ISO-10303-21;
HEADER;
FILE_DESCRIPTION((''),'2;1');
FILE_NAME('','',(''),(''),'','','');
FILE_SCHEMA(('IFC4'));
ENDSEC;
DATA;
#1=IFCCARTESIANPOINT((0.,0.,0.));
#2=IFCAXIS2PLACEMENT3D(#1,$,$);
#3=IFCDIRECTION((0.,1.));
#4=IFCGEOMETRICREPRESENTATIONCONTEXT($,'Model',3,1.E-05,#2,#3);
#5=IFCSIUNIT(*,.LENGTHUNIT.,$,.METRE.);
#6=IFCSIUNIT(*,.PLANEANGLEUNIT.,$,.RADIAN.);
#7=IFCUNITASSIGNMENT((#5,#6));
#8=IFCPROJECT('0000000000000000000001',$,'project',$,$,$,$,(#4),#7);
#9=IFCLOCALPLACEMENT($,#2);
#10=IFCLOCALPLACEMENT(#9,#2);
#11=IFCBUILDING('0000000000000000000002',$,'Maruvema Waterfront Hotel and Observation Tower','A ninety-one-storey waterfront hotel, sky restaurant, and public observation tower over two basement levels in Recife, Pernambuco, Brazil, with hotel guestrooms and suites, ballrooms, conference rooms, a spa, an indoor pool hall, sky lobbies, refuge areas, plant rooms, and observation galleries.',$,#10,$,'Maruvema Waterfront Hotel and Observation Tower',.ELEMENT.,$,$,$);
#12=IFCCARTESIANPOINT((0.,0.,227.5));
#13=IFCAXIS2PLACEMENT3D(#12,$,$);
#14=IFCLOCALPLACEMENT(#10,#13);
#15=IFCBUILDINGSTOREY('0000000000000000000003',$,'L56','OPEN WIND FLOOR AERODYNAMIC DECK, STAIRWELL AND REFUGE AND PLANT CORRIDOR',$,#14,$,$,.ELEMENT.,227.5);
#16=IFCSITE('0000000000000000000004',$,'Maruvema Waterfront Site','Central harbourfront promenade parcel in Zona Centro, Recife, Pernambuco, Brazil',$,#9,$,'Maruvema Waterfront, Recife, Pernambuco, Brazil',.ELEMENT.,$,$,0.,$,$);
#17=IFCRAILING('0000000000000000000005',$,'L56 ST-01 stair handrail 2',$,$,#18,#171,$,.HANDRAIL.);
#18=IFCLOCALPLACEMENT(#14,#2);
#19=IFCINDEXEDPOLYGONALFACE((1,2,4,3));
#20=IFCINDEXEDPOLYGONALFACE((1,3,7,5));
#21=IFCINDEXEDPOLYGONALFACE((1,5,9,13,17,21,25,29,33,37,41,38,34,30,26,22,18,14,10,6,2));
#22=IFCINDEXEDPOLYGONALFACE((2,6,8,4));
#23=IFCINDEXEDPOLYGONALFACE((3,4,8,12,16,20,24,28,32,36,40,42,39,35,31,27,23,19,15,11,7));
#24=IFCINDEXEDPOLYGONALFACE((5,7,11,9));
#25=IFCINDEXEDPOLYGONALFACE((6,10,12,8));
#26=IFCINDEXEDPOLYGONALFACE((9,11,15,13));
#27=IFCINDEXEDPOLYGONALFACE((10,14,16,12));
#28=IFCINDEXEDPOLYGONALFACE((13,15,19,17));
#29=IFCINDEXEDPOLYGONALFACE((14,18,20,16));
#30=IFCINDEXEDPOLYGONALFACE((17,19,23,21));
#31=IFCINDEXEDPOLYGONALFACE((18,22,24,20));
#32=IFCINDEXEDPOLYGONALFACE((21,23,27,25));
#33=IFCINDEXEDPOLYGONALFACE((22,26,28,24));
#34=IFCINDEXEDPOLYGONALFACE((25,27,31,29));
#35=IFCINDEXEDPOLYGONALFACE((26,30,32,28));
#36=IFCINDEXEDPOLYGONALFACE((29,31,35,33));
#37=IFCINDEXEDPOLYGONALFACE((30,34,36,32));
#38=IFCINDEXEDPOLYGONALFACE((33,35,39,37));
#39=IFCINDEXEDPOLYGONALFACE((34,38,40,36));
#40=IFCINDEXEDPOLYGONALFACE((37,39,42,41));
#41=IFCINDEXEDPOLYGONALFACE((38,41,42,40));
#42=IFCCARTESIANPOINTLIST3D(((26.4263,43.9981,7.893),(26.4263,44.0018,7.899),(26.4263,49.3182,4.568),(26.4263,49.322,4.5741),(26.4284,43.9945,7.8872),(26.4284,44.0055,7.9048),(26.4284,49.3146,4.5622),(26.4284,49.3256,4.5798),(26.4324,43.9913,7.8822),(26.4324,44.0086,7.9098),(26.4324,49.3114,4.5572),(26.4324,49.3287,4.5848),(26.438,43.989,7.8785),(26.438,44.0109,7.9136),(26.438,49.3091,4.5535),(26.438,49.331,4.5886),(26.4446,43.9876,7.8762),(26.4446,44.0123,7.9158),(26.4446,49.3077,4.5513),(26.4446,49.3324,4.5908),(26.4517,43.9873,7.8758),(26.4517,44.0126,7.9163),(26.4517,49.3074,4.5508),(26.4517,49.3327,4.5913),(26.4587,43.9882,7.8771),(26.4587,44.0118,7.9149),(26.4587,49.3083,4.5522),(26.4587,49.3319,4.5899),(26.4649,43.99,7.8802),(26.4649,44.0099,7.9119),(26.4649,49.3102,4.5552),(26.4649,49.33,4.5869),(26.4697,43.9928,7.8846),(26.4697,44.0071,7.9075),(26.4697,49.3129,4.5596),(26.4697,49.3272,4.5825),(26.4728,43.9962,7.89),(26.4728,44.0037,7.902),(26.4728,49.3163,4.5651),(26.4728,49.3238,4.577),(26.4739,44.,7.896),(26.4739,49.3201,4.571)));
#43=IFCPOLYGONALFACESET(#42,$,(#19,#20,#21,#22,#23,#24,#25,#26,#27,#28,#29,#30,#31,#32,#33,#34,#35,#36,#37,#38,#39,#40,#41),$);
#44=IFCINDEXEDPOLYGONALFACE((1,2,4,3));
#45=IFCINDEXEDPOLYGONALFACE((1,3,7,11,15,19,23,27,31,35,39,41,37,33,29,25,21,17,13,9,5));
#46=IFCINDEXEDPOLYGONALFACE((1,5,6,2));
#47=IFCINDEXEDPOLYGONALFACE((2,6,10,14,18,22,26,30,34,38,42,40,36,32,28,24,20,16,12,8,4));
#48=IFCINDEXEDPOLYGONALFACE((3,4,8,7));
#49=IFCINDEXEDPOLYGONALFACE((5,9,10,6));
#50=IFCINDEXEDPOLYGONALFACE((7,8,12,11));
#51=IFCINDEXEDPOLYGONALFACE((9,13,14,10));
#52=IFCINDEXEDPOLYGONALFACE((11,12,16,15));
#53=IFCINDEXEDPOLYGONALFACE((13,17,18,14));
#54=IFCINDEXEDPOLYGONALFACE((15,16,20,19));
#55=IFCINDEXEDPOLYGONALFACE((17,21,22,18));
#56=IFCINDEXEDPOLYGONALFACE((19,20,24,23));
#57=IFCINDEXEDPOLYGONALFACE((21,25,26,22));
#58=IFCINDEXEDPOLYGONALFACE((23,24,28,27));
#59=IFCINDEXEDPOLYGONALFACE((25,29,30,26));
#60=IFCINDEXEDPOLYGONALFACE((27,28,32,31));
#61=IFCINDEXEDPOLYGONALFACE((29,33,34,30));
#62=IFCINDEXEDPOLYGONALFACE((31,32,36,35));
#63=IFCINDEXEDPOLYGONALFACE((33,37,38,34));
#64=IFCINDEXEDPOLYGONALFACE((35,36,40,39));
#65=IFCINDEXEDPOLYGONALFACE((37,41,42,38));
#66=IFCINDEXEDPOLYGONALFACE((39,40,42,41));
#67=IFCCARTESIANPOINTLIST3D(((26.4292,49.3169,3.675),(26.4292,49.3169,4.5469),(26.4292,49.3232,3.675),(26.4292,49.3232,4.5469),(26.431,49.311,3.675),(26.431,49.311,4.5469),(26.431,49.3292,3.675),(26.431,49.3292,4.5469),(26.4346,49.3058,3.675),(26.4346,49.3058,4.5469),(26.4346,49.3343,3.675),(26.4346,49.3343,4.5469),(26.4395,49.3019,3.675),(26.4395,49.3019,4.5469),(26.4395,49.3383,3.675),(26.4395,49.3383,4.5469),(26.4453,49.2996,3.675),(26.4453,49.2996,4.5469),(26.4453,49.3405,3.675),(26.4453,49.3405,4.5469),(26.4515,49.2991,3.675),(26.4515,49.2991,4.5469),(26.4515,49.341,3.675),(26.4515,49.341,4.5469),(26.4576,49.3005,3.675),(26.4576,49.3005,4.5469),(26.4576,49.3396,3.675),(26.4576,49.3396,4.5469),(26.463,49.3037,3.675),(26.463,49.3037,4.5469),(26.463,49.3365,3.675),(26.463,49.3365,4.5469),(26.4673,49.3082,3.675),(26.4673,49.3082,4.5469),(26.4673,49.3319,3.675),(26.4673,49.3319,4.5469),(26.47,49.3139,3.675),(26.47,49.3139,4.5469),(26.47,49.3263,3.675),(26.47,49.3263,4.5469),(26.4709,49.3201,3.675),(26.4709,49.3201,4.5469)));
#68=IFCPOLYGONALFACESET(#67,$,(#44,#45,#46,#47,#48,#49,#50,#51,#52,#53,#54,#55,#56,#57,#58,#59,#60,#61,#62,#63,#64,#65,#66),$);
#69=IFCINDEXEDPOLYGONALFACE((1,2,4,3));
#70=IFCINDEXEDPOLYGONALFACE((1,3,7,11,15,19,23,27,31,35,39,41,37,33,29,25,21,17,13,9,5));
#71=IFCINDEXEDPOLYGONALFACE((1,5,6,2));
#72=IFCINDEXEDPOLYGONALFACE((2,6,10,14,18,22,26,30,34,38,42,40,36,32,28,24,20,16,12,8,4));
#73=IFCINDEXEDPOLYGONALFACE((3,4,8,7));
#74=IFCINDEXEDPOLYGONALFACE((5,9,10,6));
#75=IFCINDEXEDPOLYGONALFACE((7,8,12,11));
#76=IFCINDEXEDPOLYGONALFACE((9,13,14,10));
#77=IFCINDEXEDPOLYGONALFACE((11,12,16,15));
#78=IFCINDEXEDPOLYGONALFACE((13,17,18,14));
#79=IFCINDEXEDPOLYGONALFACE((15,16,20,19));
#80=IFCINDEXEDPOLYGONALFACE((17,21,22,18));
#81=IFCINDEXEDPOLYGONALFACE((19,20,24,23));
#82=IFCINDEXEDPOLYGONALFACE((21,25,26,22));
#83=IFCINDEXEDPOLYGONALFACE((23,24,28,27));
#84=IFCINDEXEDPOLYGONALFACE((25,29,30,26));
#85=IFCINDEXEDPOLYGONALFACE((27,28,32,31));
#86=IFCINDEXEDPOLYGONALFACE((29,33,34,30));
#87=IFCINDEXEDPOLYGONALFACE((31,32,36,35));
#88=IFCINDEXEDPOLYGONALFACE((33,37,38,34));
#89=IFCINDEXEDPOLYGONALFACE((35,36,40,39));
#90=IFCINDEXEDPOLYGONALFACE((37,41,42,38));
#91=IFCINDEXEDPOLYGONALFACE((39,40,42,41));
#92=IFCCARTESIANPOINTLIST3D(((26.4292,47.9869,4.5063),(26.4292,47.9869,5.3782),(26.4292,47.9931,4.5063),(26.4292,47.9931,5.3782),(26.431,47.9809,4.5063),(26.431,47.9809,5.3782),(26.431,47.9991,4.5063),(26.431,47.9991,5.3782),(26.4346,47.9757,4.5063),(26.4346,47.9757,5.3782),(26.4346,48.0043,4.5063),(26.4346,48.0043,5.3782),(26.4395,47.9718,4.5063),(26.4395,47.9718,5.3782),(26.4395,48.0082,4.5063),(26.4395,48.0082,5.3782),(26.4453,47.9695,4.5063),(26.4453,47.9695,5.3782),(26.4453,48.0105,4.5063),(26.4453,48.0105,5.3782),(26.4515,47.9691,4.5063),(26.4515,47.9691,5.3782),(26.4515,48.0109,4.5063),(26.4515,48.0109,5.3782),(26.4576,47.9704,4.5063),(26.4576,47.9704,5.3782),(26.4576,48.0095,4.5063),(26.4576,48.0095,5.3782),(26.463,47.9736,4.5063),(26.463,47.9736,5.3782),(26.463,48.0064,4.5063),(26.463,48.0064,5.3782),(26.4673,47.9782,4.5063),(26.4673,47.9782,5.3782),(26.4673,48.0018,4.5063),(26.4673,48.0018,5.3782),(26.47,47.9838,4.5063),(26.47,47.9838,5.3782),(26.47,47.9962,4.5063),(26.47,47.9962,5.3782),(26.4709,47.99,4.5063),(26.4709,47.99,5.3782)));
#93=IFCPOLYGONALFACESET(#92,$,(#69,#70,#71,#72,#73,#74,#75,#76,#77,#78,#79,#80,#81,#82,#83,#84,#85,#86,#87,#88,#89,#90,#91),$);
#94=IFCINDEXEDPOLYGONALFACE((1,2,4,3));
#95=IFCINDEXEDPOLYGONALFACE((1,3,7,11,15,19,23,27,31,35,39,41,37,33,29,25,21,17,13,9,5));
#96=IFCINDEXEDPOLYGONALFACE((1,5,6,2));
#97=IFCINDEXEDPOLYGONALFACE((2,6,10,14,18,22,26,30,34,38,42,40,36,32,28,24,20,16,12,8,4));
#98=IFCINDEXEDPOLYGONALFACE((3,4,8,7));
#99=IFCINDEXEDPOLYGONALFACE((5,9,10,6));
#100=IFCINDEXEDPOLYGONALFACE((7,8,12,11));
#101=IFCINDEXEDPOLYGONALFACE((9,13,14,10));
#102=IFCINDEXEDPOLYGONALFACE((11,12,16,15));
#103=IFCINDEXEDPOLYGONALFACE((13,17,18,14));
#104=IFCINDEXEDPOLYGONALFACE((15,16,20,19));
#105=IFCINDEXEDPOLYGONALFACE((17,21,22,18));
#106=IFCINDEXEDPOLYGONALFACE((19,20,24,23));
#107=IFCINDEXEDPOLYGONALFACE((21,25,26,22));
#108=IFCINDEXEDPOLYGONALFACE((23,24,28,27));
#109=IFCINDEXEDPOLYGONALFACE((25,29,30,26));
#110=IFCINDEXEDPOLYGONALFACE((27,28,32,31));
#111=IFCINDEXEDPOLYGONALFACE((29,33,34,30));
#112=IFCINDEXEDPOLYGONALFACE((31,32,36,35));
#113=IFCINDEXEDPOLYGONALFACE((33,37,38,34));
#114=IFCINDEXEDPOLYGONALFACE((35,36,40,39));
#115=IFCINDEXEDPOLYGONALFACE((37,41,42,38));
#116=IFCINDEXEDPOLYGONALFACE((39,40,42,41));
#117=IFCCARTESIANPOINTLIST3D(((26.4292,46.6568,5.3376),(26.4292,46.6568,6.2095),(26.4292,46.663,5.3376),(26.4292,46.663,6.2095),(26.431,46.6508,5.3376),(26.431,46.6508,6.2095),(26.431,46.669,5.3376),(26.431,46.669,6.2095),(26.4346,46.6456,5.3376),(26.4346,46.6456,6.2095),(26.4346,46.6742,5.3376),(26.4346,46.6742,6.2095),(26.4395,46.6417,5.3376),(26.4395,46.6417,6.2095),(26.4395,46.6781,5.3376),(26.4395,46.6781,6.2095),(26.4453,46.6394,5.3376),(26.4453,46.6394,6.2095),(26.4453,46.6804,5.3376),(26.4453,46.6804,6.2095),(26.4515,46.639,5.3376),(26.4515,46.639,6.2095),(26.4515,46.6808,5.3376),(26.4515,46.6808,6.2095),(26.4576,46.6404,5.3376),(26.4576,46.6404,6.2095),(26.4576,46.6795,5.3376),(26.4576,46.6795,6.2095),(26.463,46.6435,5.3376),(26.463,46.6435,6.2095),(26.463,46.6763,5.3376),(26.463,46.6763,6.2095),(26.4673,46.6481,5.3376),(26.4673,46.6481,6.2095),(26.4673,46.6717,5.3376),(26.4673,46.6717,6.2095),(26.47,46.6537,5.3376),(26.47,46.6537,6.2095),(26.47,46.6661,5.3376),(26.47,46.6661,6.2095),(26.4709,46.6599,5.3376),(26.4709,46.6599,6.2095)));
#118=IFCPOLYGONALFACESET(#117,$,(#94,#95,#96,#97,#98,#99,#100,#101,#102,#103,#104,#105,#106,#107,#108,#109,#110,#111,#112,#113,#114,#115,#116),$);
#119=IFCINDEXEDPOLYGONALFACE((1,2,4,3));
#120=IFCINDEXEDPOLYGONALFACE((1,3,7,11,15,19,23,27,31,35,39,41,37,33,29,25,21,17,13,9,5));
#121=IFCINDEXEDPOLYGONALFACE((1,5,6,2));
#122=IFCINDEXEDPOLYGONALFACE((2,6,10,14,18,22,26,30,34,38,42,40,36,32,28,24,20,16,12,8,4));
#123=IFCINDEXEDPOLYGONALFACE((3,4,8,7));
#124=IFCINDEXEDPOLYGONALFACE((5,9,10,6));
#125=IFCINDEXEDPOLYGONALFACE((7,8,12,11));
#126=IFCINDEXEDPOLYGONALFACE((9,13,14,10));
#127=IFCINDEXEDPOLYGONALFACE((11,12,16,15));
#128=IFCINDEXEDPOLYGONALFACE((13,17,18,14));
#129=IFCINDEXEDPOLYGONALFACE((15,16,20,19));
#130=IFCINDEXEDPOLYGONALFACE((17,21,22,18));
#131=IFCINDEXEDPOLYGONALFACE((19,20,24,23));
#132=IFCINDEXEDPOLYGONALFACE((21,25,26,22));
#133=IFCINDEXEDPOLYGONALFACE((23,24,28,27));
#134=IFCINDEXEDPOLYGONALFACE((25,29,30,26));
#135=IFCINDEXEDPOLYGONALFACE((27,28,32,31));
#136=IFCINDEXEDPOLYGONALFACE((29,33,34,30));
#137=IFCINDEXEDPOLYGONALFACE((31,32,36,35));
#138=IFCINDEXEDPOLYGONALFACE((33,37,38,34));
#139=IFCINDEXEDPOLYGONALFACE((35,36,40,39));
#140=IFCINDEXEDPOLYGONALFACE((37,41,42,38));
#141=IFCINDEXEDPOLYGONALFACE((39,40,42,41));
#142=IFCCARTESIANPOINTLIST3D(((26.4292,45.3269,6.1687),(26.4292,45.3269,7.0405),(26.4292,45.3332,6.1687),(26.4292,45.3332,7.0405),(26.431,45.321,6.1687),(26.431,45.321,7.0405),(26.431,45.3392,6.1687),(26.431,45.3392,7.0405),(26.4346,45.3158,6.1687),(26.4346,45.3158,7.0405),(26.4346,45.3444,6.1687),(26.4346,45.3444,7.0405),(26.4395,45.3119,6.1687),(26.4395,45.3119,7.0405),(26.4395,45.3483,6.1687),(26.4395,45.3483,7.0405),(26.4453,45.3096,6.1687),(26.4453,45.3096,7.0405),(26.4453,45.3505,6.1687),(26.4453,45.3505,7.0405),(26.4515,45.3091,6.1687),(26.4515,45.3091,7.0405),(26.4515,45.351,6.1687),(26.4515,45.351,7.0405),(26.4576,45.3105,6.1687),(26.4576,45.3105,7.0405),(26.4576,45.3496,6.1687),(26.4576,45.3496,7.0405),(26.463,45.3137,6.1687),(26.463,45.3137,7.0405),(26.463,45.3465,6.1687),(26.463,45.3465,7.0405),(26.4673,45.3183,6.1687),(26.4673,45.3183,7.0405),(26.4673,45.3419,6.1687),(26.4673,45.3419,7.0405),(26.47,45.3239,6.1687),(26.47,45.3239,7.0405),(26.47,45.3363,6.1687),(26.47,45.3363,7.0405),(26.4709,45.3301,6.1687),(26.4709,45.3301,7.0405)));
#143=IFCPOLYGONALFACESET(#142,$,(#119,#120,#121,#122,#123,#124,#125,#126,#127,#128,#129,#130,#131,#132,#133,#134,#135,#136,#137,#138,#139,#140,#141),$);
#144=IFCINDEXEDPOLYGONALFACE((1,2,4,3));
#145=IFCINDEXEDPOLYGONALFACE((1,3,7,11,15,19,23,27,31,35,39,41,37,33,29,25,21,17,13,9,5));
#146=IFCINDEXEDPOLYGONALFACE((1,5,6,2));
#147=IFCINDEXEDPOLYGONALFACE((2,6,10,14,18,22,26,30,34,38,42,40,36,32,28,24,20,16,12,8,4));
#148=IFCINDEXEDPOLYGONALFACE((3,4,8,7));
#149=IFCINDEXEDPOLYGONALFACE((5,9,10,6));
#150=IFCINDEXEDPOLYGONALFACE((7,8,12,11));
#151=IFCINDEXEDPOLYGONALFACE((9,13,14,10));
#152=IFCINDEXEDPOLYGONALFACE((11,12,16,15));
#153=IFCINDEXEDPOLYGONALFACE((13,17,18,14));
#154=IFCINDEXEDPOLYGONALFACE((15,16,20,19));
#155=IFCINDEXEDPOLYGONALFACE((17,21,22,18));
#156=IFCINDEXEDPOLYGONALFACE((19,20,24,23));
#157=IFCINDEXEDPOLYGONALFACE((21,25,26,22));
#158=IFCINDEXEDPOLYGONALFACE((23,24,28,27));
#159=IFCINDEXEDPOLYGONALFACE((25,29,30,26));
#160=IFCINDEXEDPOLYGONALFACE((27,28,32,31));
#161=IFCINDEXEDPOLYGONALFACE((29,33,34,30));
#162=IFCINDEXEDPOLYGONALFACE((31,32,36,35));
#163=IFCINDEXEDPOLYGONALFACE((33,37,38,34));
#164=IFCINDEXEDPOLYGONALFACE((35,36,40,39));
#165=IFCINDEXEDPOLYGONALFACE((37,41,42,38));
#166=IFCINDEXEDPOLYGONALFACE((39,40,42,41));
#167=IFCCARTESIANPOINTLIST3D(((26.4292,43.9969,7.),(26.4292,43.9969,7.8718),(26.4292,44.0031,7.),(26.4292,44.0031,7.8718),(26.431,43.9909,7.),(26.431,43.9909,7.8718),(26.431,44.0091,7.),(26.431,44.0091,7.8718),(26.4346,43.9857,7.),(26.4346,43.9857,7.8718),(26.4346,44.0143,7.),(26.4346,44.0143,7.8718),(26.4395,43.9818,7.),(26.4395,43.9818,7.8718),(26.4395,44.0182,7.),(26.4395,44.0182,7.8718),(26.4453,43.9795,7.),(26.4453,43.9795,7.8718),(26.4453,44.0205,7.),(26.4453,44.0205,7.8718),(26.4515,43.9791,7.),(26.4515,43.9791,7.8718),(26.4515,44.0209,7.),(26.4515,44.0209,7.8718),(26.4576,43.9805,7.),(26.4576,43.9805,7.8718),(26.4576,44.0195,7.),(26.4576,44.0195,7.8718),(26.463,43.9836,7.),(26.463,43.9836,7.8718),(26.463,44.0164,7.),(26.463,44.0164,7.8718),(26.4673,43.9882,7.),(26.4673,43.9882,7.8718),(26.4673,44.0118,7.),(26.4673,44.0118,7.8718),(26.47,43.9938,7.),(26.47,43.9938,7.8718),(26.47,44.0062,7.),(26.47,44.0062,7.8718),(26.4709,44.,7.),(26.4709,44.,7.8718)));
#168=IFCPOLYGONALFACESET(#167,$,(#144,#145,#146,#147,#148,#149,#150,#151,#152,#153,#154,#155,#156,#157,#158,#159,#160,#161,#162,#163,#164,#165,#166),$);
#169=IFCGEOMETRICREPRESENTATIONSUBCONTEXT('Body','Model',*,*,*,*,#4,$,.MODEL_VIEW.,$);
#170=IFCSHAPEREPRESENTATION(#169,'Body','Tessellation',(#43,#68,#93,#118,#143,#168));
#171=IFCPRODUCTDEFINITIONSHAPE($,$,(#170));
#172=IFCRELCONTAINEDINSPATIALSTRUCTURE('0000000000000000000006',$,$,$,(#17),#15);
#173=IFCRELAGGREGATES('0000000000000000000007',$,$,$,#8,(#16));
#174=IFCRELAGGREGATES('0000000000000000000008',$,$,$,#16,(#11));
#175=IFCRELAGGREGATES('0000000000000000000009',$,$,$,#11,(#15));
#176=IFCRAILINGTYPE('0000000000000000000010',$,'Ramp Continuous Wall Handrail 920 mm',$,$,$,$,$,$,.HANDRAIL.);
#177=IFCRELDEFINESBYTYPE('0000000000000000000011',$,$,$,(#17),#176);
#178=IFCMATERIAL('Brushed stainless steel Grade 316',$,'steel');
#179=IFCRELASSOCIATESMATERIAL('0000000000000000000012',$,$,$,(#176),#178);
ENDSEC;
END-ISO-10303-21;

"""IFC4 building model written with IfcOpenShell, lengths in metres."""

from ifc_helpers import new_model, si_unit, direction, frame, origin, origin_2d, place, context, subcontext, project, spatial, circle, extrude, material, type_object, element, save


model = new_model("IFC4")

# Units and contexts
model_context = context("Model", 3, precision=1e-05, world=origin(), true_north=direction((0.0, 1.0)))
body_context = subcontext(model_context, "Body", "Model", "MODEL_VIEW")
ifc_project = project(units=[si_unit("LENGTHUNIT", "METRE"), si_unit("PLANEANGLEUNIT", "RADIAN")], contexts=[model_context])

# Site, building, storey
site_placement = place(None, origin())
site = spatial("IfcSite", under=ifc_project, at=site_placement, Name="Maruvema Waterfront Site", Description="Central harbourfront promenade parcel in Zona Centro, Recife, Pernambuco, Brazil", LongName="Maruvema Waterfront, Recife, Pernambuco, Brazil", CompositionType="ELEMENT", RefElevation=0.0)
building_placement = place(site_placement, origin())
building = spatial("IfcBuilding", under=site, at=building_placement, Name="Maruvema Waterfront Hotel and Observation Tower", Description="A ninety-one-storey waterfront hotel, sky restaurant, and public observation tower over two basement levels in Recife, Pernambuco, Brazil, with hotel guestrooms and suites, ballrooms, conference rooms, a spa, an indoor pool hall, sky lobbies, refuge areas, plant rooms, and observation galleries.", LongName="Maruvema Waterfront Hotel and Observation Tower", CompositionType="ELEMENT")
storey_placement = place(building_placement, frame((0.0, 0.0, 227.5)))
storey = spatial("IfcBuildingStorey", under=building, at=storey_placement, Name="L56", Description="OPEN WIND FLOOR AERODYNAMIC DECK, STAIRWELL AND REFUGE AND PLANT CORRIDOR", CompositionType="ELEMENT", Elevation=227.5)

# Railing
ifc_material_1 = material(Name="Brushed stainless steel Grade 316", Category="steel")
railing_type_1 = type_object("IfcRailingType", Name="Ramp Continuous Wall Handrail 920 mm", PredefinedType="HANDRAIL", material=ifc_material_1)
railing_1_placement = place(storey_placement, frame((26.45, 49.3201, 3.675)))
element("IfcRailing", 1, at=railing_1_placement, inside=storey, type_object=railing_type_1, Name="L56 ST-01 stair handrail 2", PredefinedType="HANDRAIL", context=body_context, shape_type="SweptSolid", body=[
    extrude(circle(Radius=0.0239, at=origin_2d()), frame((0.0, 0.0, 0.896), z_axis=(0.0, -0.848005, 0.529988), x_axis=(1.0, 0.0, 0.0)), (0.0, 0.0, 1.0), 6.2737),
    extrude(circle(Radius=0.021, at=origin_2d()), origin(), (0.0, 0.0, 1.0), 0.8718),
    extrude(circle(Radius=0.021, at=origin_2d()), frame((0.0, -1.3301, 0.8313)), (0.0, 0.0, 1.0), 0.8718),
    extrude(circle(Radius=0.021, at=origin_2d()), frame((0.0, -2.6602, 1.6626)), (0.0, 0.0, 1.0), 0.8718),
    extrude(circle(Radius=0.021, at=origin_2d()), frame((0.0, -3.99, 2.4937)), (0.0, 0.0, 1.0), 0.8718),
    extrude(circle(Radius=0.021, at=origin_2d()), frame((0.0, -5.3201, 3.325)), (0.0, 0.0, 1.0), 0.8718),
])

save(model, "model.ifc")
